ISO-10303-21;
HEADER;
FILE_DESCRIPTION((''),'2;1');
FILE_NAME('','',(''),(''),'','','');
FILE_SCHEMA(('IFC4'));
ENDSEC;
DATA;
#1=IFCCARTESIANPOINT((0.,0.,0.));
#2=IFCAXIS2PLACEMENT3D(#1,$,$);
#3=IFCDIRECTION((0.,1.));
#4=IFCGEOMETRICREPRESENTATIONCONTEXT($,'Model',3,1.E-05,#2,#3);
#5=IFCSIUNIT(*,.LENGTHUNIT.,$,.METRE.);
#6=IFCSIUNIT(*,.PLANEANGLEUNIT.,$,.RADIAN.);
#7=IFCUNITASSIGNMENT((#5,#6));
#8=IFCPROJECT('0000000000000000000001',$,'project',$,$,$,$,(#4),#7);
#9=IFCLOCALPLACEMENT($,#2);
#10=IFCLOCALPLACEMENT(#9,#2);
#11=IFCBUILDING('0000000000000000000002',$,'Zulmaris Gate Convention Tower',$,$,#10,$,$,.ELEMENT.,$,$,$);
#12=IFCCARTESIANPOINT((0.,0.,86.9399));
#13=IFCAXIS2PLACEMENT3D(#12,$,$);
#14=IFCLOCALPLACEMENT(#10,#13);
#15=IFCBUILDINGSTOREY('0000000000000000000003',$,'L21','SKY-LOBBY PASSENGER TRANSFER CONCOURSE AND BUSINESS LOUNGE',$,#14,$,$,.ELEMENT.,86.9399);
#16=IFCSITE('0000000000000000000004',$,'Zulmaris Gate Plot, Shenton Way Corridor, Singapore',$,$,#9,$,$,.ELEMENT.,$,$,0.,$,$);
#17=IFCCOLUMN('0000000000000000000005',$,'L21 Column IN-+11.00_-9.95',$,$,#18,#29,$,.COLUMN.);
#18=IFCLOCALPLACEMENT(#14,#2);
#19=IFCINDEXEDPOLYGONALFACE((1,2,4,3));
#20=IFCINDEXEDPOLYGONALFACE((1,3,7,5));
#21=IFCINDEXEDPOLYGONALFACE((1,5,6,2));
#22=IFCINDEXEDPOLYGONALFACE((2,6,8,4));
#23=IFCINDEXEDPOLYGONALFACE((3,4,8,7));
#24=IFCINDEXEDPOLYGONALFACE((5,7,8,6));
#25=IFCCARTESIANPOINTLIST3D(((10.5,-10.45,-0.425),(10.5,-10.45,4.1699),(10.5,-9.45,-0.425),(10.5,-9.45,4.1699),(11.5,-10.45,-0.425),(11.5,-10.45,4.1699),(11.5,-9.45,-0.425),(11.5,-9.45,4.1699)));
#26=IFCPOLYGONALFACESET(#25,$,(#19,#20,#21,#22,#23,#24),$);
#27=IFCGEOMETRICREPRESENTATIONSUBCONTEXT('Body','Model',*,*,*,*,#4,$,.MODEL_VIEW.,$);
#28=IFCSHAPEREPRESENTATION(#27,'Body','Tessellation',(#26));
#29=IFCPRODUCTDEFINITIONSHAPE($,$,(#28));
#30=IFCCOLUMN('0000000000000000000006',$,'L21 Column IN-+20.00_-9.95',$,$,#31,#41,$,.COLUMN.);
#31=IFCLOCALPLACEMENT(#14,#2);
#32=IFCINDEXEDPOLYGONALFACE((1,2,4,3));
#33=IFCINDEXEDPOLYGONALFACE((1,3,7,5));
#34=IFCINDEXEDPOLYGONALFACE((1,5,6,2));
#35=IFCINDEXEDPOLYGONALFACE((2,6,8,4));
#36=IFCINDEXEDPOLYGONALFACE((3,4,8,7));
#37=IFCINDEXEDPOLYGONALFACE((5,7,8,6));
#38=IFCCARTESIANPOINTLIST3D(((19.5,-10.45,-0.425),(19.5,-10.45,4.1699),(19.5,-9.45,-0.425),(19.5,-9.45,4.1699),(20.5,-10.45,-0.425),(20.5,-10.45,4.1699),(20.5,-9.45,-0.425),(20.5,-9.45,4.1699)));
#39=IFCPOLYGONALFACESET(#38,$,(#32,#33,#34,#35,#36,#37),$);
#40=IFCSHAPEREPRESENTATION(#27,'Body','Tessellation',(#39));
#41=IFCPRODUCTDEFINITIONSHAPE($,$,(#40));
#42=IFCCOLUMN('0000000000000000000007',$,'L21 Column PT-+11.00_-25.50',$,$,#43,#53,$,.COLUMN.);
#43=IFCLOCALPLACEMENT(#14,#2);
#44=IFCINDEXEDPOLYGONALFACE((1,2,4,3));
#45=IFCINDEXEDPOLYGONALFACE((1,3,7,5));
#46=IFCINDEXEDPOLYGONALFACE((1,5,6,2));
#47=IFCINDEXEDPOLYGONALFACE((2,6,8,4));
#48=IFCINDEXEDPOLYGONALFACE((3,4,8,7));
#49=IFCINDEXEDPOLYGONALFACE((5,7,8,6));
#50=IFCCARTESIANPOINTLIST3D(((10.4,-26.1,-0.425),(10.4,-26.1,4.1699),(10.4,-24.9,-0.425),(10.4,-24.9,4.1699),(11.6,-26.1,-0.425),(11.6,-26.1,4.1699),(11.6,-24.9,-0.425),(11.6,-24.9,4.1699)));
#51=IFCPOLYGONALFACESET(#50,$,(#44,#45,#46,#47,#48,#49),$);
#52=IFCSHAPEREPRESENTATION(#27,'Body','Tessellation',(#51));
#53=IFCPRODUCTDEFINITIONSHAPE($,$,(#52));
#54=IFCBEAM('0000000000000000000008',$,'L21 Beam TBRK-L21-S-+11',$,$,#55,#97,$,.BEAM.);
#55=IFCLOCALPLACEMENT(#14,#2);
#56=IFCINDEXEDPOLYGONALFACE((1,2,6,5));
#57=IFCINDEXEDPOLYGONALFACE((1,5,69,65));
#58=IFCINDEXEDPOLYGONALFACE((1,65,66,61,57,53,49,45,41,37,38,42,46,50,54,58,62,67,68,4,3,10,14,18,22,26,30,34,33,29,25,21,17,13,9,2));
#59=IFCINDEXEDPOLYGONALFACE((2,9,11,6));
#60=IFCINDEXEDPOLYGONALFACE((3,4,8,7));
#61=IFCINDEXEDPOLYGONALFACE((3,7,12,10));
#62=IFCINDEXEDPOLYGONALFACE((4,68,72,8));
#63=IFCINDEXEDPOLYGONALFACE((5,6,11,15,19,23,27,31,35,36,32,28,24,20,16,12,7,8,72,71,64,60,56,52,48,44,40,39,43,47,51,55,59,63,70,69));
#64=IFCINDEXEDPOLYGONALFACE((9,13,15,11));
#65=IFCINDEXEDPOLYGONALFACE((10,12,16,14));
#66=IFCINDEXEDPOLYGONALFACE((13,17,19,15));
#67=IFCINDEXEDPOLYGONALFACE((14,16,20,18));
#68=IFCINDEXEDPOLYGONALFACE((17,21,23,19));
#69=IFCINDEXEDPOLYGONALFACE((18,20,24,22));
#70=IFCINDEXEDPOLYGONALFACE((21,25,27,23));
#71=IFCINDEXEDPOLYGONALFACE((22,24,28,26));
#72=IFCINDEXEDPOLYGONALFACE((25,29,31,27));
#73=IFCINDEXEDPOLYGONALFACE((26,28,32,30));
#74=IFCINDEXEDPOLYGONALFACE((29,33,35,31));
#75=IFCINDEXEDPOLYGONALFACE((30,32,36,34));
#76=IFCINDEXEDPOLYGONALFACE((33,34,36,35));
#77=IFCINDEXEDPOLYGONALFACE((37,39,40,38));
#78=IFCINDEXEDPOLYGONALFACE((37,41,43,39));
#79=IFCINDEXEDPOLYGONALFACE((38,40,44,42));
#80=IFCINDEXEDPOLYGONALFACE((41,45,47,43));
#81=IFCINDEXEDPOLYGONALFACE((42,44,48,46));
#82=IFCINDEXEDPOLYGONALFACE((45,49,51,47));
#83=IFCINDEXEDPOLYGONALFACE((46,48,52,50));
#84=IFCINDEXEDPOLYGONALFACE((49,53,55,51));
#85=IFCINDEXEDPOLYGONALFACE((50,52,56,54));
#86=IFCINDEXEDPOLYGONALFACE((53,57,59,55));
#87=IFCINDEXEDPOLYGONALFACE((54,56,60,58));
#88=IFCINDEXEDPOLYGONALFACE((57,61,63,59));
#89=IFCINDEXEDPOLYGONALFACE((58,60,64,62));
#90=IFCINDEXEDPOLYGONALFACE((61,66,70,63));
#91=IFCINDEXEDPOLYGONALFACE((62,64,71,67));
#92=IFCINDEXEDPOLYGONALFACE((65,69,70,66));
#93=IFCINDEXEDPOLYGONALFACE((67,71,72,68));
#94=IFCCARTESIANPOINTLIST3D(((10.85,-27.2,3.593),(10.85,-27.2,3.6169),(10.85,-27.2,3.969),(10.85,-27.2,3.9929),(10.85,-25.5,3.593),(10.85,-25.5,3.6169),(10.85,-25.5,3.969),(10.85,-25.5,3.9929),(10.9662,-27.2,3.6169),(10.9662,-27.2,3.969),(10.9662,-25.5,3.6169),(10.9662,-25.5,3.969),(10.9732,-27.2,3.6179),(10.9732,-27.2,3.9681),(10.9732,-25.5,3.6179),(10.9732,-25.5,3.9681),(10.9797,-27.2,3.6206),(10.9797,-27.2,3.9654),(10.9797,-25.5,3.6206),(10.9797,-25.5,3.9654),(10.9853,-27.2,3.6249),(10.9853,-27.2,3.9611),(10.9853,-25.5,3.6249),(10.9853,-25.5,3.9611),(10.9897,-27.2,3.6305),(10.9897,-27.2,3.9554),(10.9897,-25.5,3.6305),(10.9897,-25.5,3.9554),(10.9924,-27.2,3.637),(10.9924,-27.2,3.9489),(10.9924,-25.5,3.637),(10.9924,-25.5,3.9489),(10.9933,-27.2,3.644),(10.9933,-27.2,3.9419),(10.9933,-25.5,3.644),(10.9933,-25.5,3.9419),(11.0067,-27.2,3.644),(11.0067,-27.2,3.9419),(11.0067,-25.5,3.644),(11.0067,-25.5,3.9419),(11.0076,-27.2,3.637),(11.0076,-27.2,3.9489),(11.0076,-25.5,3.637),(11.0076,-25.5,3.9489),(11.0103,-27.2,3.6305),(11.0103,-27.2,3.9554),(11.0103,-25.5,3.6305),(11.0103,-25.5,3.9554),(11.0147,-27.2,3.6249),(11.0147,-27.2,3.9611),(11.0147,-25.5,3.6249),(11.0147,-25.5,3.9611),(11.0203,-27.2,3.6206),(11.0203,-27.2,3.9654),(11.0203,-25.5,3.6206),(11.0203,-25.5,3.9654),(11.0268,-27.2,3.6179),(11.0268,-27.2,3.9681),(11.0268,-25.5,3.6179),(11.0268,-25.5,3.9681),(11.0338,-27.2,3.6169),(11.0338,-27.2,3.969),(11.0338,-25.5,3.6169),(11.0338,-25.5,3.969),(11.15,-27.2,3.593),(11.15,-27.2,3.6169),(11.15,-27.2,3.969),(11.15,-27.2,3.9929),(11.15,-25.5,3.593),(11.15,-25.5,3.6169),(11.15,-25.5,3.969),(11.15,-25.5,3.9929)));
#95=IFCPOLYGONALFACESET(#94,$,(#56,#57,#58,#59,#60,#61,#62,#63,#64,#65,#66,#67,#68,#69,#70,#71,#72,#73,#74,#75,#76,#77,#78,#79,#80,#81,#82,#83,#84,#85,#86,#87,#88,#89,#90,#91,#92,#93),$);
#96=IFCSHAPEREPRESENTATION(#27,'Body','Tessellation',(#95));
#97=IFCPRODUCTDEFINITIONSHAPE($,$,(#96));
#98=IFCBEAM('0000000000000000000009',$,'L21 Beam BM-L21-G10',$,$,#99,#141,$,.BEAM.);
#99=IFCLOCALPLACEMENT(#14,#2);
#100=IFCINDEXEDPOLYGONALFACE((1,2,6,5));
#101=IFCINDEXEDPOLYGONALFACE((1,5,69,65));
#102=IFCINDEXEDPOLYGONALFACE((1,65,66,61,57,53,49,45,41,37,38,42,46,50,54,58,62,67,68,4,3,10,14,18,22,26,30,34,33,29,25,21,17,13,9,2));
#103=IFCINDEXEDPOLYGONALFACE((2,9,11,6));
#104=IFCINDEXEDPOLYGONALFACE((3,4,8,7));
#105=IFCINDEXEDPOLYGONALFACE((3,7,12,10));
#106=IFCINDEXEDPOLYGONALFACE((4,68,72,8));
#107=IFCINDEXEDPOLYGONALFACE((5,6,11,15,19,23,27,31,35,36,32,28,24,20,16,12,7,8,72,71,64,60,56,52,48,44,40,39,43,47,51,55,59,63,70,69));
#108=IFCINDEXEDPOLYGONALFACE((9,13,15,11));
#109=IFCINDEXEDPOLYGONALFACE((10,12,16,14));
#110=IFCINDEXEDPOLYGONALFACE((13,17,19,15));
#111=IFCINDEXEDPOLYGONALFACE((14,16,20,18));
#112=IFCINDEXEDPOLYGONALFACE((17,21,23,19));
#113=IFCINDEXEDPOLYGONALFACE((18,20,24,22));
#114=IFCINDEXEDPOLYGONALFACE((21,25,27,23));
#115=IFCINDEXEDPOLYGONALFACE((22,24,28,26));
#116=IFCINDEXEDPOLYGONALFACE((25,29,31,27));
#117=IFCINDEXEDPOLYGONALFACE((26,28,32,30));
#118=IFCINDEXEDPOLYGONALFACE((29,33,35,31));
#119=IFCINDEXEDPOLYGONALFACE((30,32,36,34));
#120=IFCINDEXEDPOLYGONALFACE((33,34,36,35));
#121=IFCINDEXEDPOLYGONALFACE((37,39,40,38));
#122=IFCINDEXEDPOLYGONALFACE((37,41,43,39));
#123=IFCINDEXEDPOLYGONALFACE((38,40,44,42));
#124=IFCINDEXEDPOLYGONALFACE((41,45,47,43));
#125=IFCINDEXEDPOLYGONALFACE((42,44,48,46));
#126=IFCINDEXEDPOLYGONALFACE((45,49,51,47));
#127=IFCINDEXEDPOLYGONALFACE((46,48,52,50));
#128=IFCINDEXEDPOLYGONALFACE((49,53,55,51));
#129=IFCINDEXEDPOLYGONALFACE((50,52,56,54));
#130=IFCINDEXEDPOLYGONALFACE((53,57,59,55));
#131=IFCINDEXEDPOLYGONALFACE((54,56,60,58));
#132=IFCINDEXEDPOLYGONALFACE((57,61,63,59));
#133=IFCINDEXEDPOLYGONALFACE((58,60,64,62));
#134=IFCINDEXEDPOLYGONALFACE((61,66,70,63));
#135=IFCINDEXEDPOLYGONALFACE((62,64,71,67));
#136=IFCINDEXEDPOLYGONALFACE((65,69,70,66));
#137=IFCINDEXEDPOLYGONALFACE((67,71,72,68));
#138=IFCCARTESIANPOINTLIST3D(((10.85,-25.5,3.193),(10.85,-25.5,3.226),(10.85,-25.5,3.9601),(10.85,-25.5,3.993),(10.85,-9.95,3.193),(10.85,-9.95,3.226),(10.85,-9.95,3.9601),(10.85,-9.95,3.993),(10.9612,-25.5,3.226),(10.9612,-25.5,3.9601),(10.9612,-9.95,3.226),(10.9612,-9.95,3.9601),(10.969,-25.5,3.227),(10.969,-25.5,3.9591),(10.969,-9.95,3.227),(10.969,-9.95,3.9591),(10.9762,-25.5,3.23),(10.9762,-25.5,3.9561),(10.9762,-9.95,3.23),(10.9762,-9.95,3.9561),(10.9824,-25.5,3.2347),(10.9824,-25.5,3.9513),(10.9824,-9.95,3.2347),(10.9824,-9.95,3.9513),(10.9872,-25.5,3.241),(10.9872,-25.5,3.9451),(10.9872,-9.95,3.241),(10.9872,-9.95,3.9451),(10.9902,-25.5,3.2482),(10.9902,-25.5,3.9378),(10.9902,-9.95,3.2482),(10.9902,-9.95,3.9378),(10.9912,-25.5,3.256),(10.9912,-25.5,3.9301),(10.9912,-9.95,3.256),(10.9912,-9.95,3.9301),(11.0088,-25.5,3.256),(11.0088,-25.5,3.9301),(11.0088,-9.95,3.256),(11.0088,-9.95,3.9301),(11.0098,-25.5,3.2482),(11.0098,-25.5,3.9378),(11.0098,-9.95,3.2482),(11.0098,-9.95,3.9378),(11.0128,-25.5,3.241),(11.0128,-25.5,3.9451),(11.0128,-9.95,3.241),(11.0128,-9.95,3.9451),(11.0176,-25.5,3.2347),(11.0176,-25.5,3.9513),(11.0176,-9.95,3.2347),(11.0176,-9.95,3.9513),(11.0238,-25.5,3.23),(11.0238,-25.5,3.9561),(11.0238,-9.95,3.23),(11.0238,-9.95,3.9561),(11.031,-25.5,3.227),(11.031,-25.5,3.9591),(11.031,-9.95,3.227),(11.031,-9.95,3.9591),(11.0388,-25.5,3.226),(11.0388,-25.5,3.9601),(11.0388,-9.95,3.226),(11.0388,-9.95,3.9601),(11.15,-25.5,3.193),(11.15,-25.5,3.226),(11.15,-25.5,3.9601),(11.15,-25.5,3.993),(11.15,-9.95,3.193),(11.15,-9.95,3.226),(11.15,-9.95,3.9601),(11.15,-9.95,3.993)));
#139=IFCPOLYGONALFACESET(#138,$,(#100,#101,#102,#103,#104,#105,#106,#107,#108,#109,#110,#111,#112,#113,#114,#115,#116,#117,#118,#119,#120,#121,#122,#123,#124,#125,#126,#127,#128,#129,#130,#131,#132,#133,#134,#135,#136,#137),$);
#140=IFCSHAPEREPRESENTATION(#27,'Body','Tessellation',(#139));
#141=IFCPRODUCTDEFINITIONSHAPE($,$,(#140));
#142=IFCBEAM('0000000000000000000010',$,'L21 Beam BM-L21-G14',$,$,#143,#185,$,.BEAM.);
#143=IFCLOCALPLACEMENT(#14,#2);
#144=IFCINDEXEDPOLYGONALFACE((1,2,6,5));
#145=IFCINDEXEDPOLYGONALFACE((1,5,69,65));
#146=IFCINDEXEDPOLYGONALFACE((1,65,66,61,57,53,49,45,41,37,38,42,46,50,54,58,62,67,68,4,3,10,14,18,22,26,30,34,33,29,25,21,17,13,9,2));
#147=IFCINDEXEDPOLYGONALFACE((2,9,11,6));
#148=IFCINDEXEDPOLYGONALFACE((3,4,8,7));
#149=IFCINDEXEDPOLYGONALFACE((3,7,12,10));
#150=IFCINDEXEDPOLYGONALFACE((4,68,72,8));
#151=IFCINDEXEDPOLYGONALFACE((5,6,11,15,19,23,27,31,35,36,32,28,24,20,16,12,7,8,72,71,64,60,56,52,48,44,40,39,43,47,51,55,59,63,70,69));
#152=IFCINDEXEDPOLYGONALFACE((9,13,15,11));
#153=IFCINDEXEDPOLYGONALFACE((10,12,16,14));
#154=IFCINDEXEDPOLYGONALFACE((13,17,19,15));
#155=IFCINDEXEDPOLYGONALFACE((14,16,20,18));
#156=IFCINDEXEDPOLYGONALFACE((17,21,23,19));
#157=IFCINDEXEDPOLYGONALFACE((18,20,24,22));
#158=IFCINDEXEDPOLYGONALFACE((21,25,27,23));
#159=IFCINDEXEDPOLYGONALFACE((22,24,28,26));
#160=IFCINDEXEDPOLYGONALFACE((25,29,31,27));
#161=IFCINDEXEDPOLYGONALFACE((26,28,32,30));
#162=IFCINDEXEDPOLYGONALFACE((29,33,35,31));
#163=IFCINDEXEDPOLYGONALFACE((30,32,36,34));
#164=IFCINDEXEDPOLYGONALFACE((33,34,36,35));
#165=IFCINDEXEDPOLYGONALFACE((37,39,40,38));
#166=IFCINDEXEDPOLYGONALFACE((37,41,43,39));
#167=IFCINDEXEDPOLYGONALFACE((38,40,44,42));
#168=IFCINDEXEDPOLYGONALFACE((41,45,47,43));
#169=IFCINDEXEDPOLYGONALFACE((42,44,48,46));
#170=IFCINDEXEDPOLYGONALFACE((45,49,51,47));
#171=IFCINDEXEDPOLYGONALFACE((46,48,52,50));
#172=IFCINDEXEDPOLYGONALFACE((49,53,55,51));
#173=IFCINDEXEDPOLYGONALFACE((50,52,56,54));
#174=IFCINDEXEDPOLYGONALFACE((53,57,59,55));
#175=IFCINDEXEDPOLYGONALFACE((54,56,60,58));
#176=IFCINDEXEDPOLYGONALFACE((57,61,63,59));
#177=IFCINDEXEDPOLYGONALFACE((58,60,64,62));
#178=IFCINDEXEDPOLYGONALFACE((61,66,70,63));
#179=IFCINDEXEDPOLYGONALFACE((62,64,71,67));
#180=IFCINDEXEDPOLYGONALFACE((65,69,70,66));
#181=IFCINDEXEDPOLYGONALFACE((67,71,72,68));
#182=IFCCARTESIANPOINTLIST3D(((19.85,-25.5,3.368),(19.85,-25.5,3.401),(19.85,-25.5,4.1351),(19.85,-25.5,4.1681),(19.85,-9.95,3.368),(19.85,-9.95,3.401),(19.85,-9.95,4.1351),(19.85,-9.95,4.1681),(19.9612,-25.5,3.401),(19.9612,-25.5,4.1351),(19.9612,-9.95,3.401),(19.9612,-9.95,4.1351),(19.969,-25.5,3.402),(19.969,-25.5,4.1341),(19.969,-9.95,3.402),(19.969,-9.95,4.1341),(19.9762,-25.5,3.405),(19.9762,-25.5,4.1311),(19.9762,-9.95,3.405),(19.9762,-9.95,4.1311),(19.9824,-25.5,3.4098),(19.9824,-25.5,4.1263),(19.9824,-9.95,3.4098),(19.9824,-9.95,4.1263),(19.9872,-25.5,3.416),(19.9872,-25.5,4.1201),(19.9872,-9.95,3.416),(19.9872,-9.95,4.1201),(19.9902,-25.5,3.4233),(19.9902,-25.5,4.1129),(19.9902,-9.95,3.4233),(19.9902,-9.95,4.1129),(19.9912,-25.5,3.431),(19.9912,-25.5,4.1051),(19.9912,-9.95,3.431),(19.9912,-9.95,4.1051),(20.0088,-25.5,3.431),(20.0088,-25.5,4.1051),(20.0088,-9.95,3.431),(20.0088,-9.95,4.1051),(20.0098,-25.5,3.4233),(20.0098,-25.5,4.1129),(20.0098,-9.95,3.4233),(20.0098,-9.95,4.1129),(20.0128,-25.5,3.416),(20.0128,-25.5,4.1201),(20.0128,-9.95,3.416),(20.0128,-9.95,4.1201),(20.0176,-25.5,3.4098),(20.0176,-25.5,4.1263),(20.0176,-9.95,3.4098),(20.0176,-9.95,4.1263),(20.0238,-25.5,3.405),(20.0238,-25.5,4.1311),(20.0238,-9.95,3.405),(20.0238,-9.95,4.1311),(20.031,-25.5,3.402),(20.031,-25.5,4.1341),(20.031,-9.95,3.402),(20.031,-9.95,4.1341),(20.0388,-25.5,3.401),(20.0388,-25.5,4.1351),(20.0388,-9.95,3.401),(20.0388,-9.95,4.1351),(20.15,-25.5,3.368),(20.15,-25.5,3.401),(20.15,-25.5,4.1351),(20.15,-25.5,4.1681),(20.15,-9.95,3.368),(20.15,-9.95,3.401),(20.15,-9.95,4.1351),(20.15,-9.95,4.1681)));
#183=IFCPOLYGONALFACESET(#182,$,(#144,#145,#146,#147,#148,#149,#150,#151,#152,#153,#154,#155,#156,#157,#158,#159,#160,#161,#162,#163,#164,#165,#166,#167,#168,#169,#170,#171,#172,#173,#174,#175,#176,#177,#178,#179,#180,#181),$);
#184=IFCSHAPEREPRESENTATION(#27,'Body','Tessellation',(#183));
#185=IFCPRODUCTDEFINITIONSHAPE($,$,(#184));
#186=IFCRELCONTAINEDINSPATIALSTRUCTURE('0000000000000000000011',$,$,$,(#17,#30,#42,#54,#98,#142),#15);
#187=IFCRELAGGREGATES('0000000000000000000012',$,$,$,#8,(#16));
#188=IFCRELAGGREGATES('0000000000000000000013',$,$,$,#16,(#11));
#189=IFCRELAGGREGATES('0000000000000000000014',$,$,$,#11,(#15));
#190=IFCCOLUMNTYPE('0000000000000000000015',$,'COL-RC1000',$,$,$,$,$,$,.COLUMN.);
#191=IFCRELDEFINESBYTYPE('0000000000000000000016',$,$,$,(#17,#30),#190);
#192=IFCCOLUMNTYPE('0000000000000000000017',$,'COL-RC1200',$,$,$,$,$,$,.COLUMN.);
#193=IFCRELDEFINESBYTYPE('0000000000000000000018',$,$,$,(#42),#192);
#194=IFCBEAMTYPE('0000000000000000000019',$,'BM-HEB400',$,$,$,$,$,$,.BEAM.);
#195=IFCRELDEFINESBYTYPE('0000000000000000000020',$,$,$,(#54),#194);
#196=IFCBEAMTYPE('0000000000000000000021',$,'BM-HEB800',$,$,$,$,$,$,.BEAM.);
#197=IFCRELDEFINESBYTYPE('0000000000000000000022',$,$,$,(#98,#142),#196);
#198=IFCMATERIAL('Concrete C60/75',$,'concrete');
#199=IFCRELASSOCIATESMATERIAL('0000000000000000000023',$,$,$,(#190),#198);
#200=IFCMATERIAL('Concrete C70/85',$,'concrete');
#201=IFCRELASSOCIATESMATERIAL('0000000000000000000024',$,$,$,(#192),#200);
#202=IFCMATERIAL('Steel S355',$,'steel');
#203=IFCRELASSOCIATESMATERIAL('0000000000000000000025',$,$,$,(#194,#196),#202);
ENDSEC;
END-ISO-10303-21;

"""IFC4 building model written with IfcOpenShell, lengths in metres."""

from ifc_helpers import new_model, si_unit, direction, frame, origin, origin_2d, place, context, subcontext, project, spatial, rectangle, i_section, extrude, material, material_profile, profile_set, type_object, element, save


model = new_model("IFC4")

# Units and contexts
model_context = context("Model", 3, precision=1e-05, world=origin(), true_north=direction((0.0, 1.0)))
body_context = subcontext(model_context, "Body", "Model", "MODEL_VIEW")
ifc_project = project(units=[si_unit("LENGTHUNIT", "METRE"), si_unit("PLANEANGLEUNIT", "RADIAN")], contexts=[model_context])

# Site, building, storey
site_placement = place(None, origin())
site = spatial("IfcSite", under=ifc_project, at=site_placement, Name="Zulmaris Gate Plot, Shenton Way Corridor, Singapore", CompositionType="ELEMENT", RefElevation=0.0)
building_placement = place(site_placement, origin())
building = spatial("IfcBuilding", under=site, at=building_placement, Name="Zulmaris Gate Convention Tower", CompositionType="ELEMENT")
storey_placement = place(building_placement, frame((0.0, 0.0, 86.9399)))
storey = spatial("IfcBuildingStorey", under=building, at=storey_placement, Name="L21", Description="SKY-LOBBY PASSENGER TRANSFER CONCOURSE AND BUSINESS LOUNGE", CompositionType="ELEMENT", Elevation=86.9399)

# Columns
ifc_material_1 = material(Name="Concrete C60/75", Category="concrete")
ifc_material_profile_1 = material_profile(ifc_material_1, rectangle(XDim=1.0, YDim=1.0, at=origin_2d()), Name="RC COL 1000x1000")
ifc_profile_set_1 = profile_set([ifc_material_profile_1], Name="Concrete C60/75")
column_type_1 = type_object("IfcColumnType", Name="COL-RC1000", PredefinedType="COLUMN", material=ifc_profile_set_1)
for number, where, z_axis, x_axis, name in (
    (1, (11.0, -9.95, -0.425), (0.0, 0.0, 1.0), (1.0, 0.0, 0.0), "L21 Column IN-+11.00_-9.95"),
    (2, (20.0, -9.95, -0.425), (0.0, 0.0, 1.0), (1.0, 0.0, 0.0), "L21 Column IN-+20.00_-9.95"),
):
    element("IfcColumn", number, at=place(storey_placement, frame(where, z_axis=z_axis, x_axis=x_axis)), inside=storey, type_object=column_type_1, Name=name, PredefinedType="COLUMN", context=body_context, shape_type="SweptSolid", body=[
        extrude(rectangle(XDim=1.0, YDim=1.0, at=origin_2d()), origin(), (0.0, 0.0, 1.0), 4.595),
    ])
ifc_material_2 = material(Name="Concrete C70/85", Category="concrete")
ifc_material_profile_2 = material_profile(ifc_material_2, rectangle(XDim=1.2, YDim=1.2, at=origin_2d()), Name="RC COL 1200x1200")
ifc_profile_set_2 = profile_set([ifc_material_profile_2], Name="Concrete C70/85")
column_type_2 = type_object("IfcColumnType", Name="COL-RC1200", PredefinedType="COLUMN", material=ifc_profile_set_2)
column_placement = place(storey_placement, frame((11.0, -25.5, -0.425), z_axis=(0.0, 0.0, 1.0), x_axis=(1.0, 0.0, 0.0)))
element("IfcColumn", 3, at=column_placement, inside=storey, type_object=column_type_2, Name="L21 Column PT-+11.00_-25.50", PredefinedType="COLUMN", context=body_context, shape_type="SweptSolid", body=[
    extrude(rectangle(XDim=1.2, YDim=1.2, at=origin_2d()), origin(), (0.0, 0.0, 1.0), 4.595),
])

# Beams
ifc_material_3 = material(Name="Steel S355", Category="steel")
ifc_material_profile_3 = material_profile(ifc_material_3, i_section(OverallWidth=0.3, OverallDepth=0.3999, WebThickness=0.0134, FlangeThickness=0.0239, FilletRadius=0.0271, at=origin_2d()), Name="HEB 400")
ifc_profile_set_3 = profile_set([ifc_material_profile_3], Name="Steel S355")
beam_type_1 = type_object("IfcBeamType", Name="BM-HEB400", PredefinedType="BEAM", material=ifc_profile_set_3)
beam_1_placement = place(storey_placement, frame((11.0, -27.2, 3.793), z_axis=(0.0, 1.0, 0.0), x_axis=(-1.0, 0.0, 0.0)))
element("IfcBeam", 4, at=beam_1_placement, inside=storey, type_object=beam_type_1, Name="L21 Beam TBRK-L21-S-+11", PredefinedType="BEAM", context=body_context, shape_type="SweptSolid", body=[
    extrude(i_section(OverallWidth=0.3, OverallDepth=0.3999, WebThickness=0.0134, FlangeThickness=0.0239, FilletRadius=0.0271, at=origin_2d()), origin(), (0.0, 0.0, 1.0), 1.7),
])
ifc_material_profile_4 = material_profile(ifc_material_3, i_section(OverallWidth=0.3, OverallDepth=0.8, WebThickness=0.0176, FlangeThickness=0.033, FilletRadius=0.03, at=origin_2d()), Name="HEB 800")
ifc_profile_set_4 = profile_set([ifc_material_profile_4], Name="Steel S355")
beam_type_2 = type_object("IfcBeamType", Name="BM-HEB800", PredefinedType="BEAM", material=ifc_profile_set_4)
for number, where, z_axis, x_axis, name in (
    (5, (11.0, -25.5, 3.593), (0.0, 1.0, 0.0), (-1.0, 0.0, 0.0), "L21 Beam BM-L21-G10"),
    (6, (20.0, -25.5, 3.7681), (0.0, 1.0, 0.0), (-1.0, 0.0, 0.0), "L21 Beam BM-L21-G14"),
):
    element("IfcBeam", number, at=place(storey_placement, frame(where, z_axis=z_axis, x_axis=x_axis)), inside=storey, type_object=beam_type_2, Name=name, PredefinedType="BEAM", context=body_context, shape_type="SweptSolid", body=[
        extrude(i_section(OverallWidth=0.3, OverallDepth=0.8, WebThickness=0.0176, FlangeThickness=0.033, FilletRadius=0.03, at=origin_2d()), origin(), (0.0, 0.0, 1.0), 15.55),
    ])

save(model, "model.ifc")
